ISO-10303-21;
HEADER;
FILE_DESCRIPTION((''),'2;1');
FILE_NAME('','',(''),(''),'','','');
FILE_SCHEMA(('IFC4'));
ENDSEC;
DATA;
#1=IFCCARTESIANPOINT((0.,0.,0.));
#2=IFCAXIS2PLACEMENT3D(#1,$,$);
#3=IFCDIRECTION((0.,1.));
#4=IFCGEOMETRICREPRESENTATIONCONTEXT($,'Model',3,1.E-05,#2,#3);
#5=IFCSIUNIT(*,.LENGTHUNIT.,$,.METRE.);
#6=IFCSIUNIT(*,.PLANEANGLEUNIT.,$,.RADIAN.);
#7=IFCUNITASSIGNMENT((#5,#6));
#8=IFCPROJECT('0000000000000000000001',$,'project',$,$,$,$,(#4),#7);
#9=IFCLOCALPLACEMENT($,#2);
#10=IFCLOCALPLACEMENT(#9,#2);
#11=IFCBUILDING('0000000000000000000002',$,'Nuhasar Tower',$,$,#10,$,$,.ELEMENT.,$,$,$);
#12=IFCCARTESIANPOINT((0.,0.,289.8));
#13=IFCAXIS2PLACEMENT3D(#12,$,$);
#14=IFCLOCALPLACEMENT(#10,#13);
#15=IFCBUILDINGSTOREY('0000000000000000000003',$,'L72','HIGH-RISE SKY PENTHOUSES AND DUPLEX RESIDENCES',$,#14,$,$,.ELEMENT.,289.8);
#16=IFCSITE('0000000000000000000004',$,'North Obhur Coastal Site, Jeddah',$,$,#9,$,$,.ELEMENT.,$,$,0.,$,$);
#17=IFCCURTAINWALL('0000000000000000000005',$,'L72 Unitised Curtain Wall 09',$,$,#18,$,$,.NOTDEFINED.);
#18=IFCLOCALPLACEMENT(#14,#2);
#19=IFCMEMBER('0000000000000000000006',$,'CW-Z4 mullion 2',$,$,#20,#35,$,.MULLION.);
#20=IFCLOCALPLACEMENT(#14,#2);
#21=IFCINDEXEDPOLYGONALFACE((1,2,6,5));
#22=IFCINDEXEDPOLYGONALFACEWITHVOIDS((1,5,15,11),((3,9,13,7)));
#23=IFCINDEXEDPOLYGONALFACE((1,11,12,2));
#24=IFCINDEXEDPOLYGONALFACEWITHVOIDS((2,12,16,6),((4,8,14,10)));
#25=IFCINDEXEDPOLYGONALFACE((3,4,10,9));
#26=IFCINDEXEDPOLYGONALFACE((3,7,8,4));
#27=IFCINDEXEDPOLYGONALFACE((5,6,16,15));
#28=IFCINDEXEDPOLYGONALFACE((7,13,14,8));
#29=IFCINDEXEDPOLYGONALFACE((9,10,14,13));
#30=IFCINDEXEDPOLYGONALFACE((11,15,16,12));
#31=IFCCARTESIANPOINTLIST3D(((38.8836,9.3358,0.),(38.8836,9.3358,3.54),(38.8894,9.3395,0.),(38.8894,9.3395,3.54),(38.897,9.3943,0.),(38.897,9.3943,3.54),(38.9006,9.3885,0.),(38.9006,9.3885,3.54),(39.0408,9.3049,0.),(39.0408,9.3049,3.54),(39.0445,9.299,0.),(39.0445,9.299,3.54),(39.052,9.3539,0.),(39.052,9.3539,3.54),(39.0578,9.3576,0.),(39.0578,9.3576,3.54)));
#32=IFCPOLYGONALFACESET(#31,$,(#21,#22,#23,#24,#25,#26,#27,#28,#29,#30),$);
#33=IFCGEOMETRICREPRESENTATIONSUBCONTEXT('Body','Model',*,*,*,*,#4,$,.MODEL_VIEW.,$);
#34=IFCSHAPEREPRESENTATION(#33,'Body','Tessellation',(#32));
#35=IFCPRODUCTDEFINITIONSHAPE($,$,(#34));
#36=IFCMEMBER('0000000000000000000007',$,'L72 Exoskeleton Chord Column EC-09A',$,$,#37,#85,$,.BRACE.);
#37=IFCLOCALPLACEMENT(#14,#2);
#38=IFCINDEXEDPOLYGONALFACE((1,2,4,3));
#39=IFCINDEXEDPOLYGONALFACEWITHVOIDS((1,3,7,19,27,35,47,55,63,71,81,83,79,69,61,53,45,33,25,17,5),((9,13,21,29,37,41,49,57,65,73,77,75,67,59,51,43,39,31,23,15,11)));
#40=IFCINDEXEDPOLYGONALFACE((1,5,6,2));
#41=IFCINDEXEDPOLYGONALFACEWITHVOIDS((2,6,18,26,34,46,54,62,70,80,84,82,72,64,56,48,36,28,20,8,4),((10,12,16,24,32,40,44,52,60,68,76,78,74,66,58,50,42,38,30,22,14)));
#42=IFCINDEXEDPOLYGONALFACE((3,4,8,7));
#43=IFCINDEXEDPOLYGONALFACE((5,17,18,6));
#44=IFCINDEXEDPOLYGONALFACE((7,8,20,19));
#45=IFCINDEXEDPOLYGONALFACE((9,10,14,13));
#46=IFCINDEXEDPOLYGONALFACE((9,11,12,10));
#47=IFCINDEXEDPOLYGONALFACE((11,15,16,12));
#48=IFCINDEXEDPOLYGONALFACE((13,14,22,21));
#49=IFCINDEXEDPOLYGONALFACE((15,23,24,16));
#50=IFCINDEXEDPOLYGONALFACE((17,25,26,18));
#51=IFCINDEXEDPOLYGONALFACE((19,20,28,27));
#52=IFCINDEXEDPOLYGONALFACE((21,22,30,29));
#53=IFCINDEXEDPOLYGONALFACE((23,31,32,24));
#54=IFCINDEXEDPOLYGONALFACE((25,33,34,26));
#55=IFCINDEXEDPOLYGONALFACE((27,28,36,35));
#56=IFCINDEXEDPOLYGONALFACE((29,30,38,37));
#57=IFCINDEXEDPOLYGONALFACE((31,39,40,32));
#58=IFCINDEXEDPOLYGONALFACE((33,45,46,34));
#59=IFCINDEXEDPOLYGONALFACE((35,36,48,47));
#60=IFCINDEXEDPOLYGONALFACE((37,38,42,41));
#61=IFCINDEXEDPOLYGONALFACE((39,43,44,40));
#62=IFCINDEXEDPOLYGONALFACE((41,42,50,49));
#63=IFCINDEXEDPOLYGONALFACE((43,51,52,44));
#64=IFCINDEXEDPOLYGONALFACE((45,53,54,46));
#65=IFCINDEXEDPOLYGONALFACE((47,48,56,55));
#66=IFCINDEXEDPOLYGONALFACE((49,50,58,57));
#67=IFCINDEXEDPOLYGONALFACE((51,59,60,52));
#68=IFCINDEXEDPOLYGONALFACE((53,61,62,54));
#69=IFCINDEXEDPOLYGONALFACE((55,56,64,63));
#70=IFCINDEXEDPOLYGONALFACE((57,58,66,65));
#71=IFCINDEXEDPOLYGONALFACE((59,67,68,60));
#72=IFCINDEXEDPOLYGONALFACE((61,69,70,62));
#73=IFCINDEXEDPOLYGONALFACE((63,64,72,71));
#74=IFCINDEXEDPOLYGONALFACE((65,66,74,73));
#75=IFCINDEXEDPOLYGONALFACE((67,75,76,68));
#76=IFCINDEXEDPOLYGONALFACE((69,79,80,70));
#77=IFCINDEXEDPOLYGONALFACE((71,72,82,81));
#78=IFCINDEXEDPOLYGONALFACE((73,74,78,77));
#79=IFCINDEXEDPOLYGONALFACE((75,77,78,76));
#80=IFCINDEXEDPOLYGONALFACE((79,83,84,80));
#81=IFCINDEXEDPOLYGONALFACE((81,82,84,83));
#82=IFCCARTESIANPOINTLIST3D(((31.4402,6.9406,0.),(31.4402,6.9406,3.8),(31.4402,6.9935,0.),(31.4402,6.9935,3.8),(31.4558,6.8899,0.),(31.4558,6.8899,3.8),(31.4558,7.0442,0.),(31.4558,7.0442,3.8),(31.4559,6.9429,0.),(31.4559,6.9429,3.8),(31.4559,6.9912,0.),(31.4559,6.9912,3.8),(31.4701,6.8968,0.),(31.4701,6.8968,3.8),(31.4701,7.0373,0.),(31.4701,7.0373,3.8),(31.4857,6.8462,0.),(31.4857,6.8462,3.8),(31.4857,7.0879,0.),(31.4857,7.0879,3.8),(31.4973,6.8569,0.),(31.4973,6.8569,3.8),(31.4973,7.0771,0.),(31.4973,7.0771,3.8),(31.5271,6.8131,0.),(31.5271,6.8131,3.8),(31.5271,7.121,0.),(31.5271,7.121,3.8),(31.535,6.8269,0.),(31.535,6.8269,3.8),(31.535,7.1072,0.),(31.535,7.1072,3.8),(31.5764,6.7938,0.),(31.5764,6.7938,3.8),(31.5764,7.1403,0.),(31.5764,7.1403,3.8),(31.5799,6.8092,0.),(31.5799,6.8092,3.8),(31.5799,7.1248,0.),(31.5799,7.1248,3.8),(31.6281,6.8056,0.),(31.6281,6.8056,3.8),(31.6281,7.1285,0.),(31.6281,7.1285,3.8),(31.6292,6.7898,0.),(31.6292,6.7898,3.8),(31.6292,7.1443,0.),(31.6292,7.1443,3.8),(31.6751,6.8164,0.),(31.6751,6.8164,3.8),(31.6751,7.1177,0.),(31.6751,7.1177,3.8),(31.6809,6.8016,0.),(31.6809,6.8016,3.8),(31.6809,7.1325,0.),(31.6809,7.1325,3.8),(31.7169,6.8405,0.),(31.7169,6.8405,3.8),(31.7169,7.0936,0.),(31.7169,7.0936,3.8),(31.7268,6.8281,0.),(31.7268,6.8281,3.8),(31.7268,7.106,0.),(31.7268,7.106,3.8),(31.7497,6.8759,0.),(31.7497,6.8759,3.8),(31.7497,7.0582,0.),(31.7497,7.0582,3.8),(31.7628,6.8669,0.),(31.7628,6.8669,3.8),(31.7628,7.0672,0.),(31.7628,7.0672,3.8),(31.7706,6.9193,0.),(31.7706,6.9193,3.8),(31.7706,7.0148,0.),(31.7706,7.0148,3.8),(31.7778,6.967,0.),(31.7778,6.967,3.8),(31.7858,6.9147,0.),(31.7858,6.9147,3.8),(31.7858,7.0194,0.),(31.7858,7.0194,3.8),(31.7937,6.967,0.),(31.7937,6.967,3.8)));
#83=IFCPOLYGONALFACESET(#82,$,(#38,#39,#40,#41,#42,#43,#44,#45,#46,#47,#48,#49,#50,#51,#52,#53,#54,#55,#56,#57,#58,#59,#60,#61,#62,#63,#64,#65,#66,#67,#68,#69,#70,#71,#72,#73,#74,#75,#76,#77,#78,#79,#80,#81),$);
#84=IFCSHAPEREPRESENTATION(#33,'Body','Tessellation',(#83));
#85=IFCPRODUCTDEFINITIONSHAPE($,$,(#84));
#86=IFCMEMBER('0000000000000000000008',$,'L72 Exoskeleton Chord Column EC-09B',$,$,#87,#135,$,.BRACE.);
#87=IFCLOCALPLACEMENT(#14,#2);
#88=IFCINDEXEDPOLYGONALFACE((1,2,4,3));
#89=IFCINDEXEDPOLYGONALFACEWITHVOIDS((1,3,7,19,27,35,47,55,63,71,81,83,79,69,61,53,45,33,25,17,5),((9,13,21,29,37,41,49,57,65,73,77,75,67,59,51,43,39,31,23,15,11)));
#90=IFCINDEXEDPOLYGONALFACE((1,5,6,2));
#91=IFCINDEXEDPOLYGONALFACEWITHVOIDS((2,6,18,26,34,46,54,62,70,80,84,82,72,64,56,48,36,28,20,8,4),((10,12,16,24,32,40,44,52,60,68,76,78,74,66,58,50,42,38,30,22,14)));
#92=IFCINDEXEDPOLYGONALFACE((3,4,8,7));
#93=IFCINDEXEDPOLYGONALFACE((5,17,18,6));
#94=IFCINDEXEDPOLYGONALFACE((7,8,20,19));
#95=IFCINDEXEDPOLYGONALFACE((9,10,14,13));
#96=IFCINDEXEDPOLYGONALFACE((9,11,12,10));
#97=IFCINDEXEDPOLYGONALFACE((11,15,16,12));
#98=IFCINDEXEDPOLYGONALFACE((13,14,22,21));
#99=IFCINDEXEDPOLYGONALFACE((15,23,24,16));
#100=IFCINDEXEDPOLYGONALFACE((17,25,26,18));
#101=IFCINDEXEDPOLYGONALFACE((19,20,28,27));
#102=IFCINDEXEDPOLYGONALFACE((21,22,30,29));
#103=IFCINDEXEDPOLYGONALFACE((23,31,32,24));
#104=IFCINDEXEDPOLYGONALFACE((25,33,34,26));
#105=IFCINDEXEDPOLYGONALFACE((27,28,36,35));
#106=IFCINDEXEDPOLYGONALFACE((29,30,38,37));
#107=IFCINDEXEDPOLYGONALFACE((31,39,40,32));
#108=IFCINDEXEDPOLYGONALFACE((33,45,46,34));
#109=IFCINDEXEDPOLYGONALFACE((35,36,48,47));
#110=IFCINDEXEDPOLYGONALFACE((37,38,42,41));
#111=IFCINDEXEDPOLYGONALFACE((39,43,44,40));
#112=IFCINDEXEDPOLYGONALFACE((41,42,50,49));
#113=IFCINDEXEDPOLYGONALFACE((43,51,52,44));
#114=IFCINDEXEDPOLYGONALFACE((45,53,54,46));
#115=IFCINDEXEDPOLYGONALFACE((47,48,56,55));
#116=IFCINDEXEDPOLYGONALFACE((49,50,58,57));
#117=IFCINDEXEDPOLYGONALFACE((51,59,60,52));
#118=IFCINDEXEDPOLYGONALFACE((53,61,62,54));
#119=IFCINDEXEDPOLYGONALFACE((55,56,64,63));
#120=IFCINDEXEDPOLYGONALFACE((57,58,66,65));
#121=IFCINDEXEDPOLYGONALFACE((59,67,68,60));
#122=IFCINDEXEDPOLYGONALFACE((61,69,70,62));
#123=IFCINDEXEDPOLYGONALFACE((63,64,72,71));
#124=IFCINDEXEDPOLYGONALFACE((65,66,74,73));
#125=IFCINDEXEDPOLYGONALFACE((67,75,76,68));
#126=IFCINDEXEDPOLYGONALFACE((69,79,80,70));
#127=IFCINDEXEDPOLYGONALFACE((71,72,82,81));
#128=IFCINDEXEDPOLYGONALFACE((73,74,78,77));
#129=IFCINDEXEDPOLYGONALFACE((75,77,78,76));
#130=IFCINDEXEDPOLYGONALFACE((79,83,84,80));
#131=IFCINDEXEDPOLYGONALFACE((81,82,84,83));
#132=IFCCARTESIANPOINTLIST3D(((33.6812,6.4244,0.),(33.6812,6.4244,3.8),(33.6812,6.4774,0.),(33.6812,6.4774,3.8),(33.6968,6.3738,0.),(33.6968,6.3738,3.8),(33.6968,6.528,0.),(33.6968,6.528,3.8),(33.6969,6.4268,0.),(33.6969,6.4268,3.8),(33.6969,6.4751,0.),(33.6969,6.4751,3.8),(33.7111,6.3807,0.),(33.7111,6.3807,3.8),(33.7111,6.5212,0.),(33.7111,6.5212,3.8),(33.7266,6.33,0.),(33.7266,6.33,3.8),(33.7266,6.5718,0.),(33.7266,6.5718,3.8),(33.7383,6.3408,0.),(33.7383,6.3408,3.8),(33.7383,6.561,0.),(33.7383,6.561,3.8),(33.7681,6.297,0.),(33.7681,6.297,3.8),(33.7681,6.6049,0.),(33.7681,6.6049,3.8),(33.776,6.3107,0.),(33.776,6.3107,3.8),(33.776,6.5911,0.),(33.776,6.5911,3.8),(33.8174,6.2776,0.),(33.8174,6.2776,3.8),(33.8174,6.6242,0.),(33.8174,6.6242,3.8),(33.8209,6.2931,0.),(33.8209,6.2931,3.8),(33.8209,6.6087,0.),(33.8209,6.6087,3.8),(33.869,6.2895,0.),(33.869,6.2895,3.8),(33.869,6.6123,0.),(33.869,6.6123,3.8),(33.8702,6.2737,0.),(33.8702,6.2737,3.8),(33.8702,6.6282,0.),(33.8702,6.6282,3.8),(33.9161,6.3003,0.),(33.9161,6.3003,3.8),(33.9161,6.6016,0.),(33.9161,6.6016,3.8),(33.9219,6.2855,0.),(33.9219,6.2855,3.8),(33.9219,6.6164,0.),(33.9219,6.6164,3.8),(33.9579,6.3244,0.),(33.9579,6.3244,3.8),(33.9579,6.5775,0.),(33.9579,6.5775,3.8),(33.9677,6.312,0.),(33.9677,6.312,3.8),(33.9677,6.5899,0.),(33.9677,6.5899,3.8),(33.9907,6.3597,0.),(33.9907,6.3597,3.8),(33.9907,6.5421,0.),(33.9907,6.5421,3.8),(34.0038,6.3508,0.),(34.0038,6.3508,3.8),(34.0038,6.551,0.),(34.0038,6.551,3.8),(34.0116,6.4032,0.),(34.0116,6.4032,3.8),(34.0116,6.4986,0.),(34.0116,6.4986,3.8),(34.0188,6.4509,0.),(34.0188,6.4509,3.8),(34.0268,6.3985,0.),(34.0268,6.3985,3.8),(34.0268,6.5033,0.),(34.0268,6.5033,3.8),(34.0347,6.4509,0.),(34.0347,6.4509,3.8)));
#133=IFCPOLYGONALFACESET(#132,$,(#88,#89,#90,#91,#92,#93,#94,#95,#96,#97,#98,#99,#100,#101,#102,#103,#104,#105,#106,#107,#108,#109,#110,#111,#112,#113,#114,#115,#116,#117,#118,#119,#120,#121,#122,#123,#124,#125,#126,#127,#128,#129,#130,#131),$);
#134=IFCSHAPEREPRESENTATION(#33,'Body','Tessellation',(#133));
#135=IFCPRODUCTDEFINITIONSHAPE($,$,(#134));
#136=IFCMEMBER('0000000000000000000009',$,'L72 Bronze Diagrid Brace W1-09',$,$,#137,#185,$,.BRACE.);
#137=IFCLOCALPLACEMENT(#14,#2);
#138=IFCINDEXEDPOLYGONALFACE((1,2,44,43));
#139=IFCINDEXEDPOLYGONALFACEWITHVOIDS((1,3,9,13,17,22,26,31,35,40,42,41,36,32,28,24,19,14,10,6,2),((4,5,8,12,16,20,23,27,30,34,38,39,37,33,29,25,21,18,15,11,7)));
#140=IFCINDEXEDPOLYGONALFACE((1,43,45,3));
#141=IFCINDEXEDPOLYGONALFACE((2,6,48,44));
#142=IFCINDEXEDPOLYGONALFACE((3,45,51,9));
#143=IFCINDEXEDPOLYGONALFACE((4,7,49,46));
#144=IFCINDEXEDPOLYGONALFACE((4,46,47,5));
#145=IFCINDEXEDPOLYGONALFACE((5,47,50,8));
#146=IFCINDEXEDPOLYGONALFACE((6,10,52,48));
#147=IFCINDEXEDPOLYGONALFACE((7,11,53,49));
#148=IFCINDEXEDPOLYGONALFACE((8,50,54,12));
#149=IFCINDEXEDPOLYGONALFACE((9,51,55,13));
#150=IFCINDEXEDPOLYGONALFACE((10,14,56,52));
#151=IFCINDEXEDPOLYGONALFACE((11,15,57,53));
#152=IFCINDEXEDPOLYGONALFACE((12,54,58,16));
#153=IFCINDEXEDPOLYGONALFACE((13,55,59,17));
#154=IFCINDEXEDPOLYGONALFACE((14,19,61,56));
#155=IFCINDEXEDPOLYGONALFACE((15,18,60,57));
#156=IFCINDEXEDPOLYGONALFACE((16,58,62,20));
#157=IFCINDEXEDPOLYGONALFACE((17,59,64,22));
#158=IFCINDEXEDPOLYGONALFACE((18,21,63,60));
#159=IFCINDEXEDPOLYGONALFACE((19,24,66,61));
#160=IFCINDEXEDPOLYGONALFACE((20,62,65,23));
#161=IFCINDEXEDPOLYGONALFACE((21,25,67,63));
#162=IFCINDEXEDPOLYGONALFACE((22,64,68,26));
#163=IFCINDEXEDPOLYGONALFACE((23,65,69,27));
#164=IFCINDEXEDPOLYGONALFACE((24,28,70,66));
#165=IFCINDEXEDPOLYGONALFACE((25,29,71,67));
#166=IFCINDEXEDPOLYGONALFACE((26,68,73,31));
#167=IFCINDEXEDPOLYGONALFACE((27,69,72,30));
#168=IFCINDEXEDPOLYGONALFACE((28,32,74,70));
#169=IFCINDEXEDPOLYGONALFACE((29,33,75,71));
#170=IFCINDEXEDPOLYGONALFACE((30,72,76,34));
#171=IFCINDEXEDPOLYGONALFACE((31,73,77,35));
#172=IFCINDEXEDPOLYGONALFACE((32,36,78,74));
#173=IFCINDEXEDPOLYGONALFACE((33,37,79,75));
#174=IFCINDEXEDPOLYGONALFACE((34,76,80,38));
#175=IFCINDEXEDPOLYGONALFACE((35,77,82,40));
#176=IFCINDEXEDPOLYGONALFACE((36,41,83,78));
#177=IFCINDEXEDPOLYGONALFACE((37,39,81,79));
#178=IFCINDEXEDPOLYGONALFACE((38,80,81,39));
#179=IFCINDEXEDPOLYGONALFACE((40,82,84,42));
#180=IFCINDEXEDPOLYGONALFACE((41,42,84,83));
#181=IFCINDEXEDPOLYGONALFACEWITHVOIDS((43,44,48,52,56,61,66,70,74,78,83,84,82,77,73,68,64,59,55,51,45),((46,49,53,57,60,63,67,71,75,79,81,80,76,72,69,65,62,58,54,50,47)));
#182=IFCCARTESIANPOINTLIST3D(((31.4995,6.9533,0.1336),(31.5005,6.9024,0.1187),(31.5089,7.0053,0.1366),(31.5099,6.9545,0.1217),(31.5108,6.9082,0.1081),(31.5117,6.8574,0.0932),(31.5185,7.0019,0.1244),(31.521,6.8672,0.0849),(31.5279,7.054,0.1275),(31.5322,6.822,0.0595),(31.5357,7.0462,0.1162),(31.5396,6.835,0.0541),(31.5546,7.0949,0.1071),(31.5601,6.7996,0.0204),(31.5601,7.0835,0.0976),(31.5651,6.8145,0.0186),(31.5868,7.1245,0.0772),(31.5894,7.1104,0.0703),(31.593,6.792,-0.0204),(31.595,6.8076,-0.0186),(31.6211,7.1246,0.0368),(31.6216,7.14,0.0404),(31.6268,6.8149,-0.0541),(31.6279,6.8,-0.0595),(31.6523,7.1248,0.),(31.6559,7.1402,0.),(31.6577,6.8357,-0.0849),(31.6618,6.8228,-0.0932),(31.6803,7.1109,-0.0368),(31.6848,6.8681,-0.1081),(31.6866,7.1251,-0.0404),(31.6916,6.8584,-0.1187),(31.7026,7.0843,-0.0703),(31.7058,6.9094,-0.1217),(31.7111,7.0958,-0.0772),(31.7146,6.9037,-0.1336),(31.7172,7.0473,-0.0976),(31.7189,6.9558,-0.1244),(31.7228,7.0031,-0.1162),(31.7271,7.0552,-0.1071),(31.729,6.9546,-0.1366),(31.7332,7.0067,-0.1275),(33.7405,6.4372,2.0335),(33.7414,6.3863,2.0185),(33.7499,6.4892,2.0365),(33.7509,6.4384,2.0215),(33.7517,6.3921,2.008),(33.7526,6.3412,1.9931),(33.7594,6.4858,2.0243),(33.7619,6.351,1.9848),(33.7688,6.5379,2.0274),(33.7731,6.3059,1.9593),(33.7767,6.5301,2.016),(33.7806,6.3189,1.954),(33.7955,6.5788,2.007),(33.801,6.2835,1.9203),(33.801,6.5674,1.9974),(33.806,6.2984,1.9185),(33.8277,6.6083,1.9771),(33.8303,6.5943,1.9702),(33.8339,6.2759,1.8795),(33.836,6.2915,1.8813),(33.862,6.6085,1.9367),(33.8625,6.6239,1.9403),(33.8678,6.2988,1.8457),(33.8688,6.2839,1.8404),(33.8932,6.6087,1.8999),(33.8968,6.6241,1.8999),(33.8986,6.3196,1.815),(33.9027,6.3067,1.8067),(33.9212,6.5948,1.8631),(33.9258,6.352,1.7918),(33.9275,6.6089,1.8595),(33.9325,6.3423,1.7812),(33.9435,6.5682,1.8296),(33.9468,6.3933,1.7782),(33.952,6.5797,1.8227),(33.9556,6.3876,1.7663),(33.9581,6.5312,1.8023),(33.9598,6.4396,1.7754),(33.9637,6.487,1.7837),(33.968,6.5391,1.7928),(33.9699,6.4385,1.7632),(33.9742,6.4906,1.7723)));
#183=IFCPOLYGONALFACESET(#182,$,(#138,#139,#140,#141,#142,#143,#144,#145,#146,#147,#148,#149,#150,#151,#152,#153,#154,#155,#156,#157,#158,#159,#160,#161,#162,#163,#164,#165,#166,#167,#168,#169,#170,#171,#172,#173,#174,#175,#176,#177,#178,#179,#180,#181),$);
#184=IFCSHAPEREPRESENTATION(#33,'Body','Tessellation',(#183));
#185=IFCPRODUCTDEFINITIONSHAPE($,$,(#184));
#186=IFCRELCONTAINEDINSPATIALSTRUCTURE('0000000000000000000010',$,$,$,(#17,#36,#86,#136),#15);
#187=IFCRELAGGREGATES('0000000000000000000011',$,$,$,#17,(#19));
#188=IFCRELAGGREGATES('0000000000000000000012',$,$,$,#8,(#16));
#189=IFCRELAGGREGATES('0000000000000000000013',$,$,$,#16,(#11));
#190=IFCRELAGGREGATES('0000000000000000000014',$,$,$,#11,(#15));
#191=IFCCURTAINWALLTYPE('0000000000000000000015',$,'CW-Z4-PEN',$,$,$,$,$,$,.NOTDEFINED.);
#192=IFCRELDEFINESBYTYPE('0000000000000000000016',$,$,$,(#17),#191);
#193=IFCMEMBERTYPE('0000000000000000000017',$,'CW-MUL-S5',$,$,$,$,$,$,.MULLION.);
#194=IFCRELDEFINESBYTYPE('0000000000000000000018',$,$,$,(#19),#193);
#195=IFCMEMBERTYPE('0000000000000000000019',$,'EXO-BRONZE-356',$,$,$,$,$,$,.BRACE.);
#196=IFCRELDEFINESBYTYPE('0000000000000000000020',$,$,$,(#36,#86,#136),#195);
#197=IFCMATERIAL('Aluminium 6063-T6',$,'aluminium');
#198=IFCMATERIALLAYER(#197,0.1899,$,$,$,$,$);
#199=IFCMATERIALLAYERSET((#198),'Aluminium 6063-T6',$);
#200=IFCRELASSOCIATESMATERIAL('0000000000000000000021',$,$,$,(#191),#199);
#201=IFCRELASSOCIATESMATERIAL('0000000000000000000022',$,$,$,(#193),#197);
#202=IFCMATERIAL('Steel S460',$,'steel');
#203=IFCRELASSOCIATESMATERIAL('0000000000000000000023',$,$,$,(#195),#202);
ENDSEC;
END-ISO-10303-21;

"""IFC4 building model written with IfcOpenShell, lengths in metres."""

from ifc_helpers import new_model, si_unit, direction, frame, origin, origin_2d, place, context, subcontext, project, spatial, hollow_rectangle, hollow_circle, extrude, material, layer, layer_set, material_profile, profile_set, type_object, element, aggregate, save


model = new_model("IFC4")

# Units and contexts
model_context = context("Model", 3, precision=1e-05, world=origin(), true_north=direction((0.0, 1.0)))
body_context = subcontext(model_context, "Body", "Model", "MODEL_VIEW")
ifc_project = project(units=[si_unit("LENGTHUNIT", "METRE"), si_unit("PLANEANGLEUNIT", "RADIAN")], contexts=[model_context])

# Site, building, storey
site_placement = place(None, origin())
site = spatial("IfcSite", under=ifc_project, at=site_placement, Name="North Obhur Coastal Site, Jeddah", CompositionType="ELEMENT", RefElevation=0.0)
building_placement = place(site_placement, origin())
building = spatial("IfcBuilding", under=site, at=building_placement, Name="Nuhasar Tower", CompositionType="ELEMENT")
storey_placement = place(building_placement, frame((0.0, 0.0, 289.8)))
storey = spatial("IfcBuildingStorey", under=building, at=storey_placement, Name="L72", Description="HIGH-RISE SKY PENTHOUSES AND DUPLEX RESIDENCES", CompositionType="ELEMENT", Elevation=289.8)

# Curtain wall, member
ifc_material_1 = material(Name="Aluminium 6063-T6", Category="aluminium")
ifc_layer_1 = layer(ifc_material_1, 0.1899)
ifc_layer_set_1 = layer_set([ifc_layer_1], Name="Aluminium 6063-T6")
curtain_wall_type = type_object("IfcCurtainWallType", Name="CW-Z4-PEN", PredefinedType="NOTDEFINED", material=ifc_layer_set_1)
curtain_wall_placement = place(storey_placement, origin())
curtain_wall = element("IfcCurtainWall", 1, at=curtain_wall_placement, inside=storey, type_object=curtain_wall_type, Name="L72 Unitised Curtain Wall 09", PredefinedType="NOTDEFINED")
ifc_material_profile_1 = material_profile(ifc_material_1, hollow_rectangle(XDim=0.0601, YDim=0.165, WallThickness=0.0049, at=origin_2d()), Name="CWM-5")
ifc_profile_set_1 = profile_set([ifc_material_profile_1], Name="Aluminium 6063-T6")
member_type_1 = type_object("IfcMemberType", Name="CW-MUL-S5", PredefinedType="MULLION", material=ifc_profile_set_1)
member_1_placement = place(storey_placement, frame((38.9707, 9.3467, 0.0), z_axis=(0.0, 0.0, 1.0), x_axis=(0.222889, 0.974844, 0.0)))
member_1 = element("IfcMember", 2, at=member_1_placement, type_object=member_type_1, Name="CW-Z4 mullion 2", PredefinedType="MULLION", context=body_context, shape_type="SweptSolid", body=[
    extrude(hollow_rectangle(XDim=0.0601, YDim=0.165, WallThickness=0.0049, at=origin_2d()), origin(), (0.0, 0.0, 1.0), 3.54),
])

# Members
ifc_material_2 = material(Name="Steel S460", Category="steel")
ifc_material_profile_2 = material_profile(ifc_material_2, hollow_circle(Radius=0.1777, WallThickness=0.0159, at=origin_2d()), Name="HSS355.6X15.9")
ifc_profile_set_2 = profile_set([ifc_material_profile_2], Name="Steel S460")
member_type_2 = type_object("IfcMemberType", Name="EXO-BRONZE-356", PredefinedType="BRACE", material=ifc_profile_set_2)
for number, where, z_axis, x_axis, name in (
    (3, (31.616, 6.967, 0.0), (0.0, 0.0, 1.0), (1.0, 0.0, 0.0), "L72 Exoskeleton Chord Column EC-09A"),
    (4, (33.8569, 6.4509, 0.0), (0.0, 0.0, 1.0), (1.0, 0.0, 0.0), "L72 Exoskeleton Chord Column EC-09B"),
):
    element("IfcMember", number, at=place(storey_placement, frame(where, z_axis=z_axis, x_axis=x_axis)), inside=storey, type_object=member_type_2, Name=name, PredefinedType="BRACE", context=body_context, shape_type="SweptSolid", body=[
        extrude(hollow_circle(Radius=0.1777, WallThickness=0.0159, at=origin_2d()), origin(), (0.0, 0.0, 1.0), 3.8),
    ])
member_2_placement = place(storey_placement, frame((31.616, 6.967, 0.0), z_axis=(0.751261, -0.173022, 0.636923), x_axis=(0.224433, 0.97449, 0.0)))
element("IfcMember", 5, at=member_2_placement, inside=storey, type_object=member_type_2, Name="L72 Bronze Diagrid Brace W1-09", PredefinedType="BRACE", context=body_context, shape_type="SweptSolid", body=[
    extrude(hollow_circle(Radius=0.1777, WallThickness=0.0159, at=origin_2d()), origin(), (0.0, 0.0, 1.0), 2.9829),
])

aggregate(curtain_wall, [member_1])

save(model, "model.ifc")
